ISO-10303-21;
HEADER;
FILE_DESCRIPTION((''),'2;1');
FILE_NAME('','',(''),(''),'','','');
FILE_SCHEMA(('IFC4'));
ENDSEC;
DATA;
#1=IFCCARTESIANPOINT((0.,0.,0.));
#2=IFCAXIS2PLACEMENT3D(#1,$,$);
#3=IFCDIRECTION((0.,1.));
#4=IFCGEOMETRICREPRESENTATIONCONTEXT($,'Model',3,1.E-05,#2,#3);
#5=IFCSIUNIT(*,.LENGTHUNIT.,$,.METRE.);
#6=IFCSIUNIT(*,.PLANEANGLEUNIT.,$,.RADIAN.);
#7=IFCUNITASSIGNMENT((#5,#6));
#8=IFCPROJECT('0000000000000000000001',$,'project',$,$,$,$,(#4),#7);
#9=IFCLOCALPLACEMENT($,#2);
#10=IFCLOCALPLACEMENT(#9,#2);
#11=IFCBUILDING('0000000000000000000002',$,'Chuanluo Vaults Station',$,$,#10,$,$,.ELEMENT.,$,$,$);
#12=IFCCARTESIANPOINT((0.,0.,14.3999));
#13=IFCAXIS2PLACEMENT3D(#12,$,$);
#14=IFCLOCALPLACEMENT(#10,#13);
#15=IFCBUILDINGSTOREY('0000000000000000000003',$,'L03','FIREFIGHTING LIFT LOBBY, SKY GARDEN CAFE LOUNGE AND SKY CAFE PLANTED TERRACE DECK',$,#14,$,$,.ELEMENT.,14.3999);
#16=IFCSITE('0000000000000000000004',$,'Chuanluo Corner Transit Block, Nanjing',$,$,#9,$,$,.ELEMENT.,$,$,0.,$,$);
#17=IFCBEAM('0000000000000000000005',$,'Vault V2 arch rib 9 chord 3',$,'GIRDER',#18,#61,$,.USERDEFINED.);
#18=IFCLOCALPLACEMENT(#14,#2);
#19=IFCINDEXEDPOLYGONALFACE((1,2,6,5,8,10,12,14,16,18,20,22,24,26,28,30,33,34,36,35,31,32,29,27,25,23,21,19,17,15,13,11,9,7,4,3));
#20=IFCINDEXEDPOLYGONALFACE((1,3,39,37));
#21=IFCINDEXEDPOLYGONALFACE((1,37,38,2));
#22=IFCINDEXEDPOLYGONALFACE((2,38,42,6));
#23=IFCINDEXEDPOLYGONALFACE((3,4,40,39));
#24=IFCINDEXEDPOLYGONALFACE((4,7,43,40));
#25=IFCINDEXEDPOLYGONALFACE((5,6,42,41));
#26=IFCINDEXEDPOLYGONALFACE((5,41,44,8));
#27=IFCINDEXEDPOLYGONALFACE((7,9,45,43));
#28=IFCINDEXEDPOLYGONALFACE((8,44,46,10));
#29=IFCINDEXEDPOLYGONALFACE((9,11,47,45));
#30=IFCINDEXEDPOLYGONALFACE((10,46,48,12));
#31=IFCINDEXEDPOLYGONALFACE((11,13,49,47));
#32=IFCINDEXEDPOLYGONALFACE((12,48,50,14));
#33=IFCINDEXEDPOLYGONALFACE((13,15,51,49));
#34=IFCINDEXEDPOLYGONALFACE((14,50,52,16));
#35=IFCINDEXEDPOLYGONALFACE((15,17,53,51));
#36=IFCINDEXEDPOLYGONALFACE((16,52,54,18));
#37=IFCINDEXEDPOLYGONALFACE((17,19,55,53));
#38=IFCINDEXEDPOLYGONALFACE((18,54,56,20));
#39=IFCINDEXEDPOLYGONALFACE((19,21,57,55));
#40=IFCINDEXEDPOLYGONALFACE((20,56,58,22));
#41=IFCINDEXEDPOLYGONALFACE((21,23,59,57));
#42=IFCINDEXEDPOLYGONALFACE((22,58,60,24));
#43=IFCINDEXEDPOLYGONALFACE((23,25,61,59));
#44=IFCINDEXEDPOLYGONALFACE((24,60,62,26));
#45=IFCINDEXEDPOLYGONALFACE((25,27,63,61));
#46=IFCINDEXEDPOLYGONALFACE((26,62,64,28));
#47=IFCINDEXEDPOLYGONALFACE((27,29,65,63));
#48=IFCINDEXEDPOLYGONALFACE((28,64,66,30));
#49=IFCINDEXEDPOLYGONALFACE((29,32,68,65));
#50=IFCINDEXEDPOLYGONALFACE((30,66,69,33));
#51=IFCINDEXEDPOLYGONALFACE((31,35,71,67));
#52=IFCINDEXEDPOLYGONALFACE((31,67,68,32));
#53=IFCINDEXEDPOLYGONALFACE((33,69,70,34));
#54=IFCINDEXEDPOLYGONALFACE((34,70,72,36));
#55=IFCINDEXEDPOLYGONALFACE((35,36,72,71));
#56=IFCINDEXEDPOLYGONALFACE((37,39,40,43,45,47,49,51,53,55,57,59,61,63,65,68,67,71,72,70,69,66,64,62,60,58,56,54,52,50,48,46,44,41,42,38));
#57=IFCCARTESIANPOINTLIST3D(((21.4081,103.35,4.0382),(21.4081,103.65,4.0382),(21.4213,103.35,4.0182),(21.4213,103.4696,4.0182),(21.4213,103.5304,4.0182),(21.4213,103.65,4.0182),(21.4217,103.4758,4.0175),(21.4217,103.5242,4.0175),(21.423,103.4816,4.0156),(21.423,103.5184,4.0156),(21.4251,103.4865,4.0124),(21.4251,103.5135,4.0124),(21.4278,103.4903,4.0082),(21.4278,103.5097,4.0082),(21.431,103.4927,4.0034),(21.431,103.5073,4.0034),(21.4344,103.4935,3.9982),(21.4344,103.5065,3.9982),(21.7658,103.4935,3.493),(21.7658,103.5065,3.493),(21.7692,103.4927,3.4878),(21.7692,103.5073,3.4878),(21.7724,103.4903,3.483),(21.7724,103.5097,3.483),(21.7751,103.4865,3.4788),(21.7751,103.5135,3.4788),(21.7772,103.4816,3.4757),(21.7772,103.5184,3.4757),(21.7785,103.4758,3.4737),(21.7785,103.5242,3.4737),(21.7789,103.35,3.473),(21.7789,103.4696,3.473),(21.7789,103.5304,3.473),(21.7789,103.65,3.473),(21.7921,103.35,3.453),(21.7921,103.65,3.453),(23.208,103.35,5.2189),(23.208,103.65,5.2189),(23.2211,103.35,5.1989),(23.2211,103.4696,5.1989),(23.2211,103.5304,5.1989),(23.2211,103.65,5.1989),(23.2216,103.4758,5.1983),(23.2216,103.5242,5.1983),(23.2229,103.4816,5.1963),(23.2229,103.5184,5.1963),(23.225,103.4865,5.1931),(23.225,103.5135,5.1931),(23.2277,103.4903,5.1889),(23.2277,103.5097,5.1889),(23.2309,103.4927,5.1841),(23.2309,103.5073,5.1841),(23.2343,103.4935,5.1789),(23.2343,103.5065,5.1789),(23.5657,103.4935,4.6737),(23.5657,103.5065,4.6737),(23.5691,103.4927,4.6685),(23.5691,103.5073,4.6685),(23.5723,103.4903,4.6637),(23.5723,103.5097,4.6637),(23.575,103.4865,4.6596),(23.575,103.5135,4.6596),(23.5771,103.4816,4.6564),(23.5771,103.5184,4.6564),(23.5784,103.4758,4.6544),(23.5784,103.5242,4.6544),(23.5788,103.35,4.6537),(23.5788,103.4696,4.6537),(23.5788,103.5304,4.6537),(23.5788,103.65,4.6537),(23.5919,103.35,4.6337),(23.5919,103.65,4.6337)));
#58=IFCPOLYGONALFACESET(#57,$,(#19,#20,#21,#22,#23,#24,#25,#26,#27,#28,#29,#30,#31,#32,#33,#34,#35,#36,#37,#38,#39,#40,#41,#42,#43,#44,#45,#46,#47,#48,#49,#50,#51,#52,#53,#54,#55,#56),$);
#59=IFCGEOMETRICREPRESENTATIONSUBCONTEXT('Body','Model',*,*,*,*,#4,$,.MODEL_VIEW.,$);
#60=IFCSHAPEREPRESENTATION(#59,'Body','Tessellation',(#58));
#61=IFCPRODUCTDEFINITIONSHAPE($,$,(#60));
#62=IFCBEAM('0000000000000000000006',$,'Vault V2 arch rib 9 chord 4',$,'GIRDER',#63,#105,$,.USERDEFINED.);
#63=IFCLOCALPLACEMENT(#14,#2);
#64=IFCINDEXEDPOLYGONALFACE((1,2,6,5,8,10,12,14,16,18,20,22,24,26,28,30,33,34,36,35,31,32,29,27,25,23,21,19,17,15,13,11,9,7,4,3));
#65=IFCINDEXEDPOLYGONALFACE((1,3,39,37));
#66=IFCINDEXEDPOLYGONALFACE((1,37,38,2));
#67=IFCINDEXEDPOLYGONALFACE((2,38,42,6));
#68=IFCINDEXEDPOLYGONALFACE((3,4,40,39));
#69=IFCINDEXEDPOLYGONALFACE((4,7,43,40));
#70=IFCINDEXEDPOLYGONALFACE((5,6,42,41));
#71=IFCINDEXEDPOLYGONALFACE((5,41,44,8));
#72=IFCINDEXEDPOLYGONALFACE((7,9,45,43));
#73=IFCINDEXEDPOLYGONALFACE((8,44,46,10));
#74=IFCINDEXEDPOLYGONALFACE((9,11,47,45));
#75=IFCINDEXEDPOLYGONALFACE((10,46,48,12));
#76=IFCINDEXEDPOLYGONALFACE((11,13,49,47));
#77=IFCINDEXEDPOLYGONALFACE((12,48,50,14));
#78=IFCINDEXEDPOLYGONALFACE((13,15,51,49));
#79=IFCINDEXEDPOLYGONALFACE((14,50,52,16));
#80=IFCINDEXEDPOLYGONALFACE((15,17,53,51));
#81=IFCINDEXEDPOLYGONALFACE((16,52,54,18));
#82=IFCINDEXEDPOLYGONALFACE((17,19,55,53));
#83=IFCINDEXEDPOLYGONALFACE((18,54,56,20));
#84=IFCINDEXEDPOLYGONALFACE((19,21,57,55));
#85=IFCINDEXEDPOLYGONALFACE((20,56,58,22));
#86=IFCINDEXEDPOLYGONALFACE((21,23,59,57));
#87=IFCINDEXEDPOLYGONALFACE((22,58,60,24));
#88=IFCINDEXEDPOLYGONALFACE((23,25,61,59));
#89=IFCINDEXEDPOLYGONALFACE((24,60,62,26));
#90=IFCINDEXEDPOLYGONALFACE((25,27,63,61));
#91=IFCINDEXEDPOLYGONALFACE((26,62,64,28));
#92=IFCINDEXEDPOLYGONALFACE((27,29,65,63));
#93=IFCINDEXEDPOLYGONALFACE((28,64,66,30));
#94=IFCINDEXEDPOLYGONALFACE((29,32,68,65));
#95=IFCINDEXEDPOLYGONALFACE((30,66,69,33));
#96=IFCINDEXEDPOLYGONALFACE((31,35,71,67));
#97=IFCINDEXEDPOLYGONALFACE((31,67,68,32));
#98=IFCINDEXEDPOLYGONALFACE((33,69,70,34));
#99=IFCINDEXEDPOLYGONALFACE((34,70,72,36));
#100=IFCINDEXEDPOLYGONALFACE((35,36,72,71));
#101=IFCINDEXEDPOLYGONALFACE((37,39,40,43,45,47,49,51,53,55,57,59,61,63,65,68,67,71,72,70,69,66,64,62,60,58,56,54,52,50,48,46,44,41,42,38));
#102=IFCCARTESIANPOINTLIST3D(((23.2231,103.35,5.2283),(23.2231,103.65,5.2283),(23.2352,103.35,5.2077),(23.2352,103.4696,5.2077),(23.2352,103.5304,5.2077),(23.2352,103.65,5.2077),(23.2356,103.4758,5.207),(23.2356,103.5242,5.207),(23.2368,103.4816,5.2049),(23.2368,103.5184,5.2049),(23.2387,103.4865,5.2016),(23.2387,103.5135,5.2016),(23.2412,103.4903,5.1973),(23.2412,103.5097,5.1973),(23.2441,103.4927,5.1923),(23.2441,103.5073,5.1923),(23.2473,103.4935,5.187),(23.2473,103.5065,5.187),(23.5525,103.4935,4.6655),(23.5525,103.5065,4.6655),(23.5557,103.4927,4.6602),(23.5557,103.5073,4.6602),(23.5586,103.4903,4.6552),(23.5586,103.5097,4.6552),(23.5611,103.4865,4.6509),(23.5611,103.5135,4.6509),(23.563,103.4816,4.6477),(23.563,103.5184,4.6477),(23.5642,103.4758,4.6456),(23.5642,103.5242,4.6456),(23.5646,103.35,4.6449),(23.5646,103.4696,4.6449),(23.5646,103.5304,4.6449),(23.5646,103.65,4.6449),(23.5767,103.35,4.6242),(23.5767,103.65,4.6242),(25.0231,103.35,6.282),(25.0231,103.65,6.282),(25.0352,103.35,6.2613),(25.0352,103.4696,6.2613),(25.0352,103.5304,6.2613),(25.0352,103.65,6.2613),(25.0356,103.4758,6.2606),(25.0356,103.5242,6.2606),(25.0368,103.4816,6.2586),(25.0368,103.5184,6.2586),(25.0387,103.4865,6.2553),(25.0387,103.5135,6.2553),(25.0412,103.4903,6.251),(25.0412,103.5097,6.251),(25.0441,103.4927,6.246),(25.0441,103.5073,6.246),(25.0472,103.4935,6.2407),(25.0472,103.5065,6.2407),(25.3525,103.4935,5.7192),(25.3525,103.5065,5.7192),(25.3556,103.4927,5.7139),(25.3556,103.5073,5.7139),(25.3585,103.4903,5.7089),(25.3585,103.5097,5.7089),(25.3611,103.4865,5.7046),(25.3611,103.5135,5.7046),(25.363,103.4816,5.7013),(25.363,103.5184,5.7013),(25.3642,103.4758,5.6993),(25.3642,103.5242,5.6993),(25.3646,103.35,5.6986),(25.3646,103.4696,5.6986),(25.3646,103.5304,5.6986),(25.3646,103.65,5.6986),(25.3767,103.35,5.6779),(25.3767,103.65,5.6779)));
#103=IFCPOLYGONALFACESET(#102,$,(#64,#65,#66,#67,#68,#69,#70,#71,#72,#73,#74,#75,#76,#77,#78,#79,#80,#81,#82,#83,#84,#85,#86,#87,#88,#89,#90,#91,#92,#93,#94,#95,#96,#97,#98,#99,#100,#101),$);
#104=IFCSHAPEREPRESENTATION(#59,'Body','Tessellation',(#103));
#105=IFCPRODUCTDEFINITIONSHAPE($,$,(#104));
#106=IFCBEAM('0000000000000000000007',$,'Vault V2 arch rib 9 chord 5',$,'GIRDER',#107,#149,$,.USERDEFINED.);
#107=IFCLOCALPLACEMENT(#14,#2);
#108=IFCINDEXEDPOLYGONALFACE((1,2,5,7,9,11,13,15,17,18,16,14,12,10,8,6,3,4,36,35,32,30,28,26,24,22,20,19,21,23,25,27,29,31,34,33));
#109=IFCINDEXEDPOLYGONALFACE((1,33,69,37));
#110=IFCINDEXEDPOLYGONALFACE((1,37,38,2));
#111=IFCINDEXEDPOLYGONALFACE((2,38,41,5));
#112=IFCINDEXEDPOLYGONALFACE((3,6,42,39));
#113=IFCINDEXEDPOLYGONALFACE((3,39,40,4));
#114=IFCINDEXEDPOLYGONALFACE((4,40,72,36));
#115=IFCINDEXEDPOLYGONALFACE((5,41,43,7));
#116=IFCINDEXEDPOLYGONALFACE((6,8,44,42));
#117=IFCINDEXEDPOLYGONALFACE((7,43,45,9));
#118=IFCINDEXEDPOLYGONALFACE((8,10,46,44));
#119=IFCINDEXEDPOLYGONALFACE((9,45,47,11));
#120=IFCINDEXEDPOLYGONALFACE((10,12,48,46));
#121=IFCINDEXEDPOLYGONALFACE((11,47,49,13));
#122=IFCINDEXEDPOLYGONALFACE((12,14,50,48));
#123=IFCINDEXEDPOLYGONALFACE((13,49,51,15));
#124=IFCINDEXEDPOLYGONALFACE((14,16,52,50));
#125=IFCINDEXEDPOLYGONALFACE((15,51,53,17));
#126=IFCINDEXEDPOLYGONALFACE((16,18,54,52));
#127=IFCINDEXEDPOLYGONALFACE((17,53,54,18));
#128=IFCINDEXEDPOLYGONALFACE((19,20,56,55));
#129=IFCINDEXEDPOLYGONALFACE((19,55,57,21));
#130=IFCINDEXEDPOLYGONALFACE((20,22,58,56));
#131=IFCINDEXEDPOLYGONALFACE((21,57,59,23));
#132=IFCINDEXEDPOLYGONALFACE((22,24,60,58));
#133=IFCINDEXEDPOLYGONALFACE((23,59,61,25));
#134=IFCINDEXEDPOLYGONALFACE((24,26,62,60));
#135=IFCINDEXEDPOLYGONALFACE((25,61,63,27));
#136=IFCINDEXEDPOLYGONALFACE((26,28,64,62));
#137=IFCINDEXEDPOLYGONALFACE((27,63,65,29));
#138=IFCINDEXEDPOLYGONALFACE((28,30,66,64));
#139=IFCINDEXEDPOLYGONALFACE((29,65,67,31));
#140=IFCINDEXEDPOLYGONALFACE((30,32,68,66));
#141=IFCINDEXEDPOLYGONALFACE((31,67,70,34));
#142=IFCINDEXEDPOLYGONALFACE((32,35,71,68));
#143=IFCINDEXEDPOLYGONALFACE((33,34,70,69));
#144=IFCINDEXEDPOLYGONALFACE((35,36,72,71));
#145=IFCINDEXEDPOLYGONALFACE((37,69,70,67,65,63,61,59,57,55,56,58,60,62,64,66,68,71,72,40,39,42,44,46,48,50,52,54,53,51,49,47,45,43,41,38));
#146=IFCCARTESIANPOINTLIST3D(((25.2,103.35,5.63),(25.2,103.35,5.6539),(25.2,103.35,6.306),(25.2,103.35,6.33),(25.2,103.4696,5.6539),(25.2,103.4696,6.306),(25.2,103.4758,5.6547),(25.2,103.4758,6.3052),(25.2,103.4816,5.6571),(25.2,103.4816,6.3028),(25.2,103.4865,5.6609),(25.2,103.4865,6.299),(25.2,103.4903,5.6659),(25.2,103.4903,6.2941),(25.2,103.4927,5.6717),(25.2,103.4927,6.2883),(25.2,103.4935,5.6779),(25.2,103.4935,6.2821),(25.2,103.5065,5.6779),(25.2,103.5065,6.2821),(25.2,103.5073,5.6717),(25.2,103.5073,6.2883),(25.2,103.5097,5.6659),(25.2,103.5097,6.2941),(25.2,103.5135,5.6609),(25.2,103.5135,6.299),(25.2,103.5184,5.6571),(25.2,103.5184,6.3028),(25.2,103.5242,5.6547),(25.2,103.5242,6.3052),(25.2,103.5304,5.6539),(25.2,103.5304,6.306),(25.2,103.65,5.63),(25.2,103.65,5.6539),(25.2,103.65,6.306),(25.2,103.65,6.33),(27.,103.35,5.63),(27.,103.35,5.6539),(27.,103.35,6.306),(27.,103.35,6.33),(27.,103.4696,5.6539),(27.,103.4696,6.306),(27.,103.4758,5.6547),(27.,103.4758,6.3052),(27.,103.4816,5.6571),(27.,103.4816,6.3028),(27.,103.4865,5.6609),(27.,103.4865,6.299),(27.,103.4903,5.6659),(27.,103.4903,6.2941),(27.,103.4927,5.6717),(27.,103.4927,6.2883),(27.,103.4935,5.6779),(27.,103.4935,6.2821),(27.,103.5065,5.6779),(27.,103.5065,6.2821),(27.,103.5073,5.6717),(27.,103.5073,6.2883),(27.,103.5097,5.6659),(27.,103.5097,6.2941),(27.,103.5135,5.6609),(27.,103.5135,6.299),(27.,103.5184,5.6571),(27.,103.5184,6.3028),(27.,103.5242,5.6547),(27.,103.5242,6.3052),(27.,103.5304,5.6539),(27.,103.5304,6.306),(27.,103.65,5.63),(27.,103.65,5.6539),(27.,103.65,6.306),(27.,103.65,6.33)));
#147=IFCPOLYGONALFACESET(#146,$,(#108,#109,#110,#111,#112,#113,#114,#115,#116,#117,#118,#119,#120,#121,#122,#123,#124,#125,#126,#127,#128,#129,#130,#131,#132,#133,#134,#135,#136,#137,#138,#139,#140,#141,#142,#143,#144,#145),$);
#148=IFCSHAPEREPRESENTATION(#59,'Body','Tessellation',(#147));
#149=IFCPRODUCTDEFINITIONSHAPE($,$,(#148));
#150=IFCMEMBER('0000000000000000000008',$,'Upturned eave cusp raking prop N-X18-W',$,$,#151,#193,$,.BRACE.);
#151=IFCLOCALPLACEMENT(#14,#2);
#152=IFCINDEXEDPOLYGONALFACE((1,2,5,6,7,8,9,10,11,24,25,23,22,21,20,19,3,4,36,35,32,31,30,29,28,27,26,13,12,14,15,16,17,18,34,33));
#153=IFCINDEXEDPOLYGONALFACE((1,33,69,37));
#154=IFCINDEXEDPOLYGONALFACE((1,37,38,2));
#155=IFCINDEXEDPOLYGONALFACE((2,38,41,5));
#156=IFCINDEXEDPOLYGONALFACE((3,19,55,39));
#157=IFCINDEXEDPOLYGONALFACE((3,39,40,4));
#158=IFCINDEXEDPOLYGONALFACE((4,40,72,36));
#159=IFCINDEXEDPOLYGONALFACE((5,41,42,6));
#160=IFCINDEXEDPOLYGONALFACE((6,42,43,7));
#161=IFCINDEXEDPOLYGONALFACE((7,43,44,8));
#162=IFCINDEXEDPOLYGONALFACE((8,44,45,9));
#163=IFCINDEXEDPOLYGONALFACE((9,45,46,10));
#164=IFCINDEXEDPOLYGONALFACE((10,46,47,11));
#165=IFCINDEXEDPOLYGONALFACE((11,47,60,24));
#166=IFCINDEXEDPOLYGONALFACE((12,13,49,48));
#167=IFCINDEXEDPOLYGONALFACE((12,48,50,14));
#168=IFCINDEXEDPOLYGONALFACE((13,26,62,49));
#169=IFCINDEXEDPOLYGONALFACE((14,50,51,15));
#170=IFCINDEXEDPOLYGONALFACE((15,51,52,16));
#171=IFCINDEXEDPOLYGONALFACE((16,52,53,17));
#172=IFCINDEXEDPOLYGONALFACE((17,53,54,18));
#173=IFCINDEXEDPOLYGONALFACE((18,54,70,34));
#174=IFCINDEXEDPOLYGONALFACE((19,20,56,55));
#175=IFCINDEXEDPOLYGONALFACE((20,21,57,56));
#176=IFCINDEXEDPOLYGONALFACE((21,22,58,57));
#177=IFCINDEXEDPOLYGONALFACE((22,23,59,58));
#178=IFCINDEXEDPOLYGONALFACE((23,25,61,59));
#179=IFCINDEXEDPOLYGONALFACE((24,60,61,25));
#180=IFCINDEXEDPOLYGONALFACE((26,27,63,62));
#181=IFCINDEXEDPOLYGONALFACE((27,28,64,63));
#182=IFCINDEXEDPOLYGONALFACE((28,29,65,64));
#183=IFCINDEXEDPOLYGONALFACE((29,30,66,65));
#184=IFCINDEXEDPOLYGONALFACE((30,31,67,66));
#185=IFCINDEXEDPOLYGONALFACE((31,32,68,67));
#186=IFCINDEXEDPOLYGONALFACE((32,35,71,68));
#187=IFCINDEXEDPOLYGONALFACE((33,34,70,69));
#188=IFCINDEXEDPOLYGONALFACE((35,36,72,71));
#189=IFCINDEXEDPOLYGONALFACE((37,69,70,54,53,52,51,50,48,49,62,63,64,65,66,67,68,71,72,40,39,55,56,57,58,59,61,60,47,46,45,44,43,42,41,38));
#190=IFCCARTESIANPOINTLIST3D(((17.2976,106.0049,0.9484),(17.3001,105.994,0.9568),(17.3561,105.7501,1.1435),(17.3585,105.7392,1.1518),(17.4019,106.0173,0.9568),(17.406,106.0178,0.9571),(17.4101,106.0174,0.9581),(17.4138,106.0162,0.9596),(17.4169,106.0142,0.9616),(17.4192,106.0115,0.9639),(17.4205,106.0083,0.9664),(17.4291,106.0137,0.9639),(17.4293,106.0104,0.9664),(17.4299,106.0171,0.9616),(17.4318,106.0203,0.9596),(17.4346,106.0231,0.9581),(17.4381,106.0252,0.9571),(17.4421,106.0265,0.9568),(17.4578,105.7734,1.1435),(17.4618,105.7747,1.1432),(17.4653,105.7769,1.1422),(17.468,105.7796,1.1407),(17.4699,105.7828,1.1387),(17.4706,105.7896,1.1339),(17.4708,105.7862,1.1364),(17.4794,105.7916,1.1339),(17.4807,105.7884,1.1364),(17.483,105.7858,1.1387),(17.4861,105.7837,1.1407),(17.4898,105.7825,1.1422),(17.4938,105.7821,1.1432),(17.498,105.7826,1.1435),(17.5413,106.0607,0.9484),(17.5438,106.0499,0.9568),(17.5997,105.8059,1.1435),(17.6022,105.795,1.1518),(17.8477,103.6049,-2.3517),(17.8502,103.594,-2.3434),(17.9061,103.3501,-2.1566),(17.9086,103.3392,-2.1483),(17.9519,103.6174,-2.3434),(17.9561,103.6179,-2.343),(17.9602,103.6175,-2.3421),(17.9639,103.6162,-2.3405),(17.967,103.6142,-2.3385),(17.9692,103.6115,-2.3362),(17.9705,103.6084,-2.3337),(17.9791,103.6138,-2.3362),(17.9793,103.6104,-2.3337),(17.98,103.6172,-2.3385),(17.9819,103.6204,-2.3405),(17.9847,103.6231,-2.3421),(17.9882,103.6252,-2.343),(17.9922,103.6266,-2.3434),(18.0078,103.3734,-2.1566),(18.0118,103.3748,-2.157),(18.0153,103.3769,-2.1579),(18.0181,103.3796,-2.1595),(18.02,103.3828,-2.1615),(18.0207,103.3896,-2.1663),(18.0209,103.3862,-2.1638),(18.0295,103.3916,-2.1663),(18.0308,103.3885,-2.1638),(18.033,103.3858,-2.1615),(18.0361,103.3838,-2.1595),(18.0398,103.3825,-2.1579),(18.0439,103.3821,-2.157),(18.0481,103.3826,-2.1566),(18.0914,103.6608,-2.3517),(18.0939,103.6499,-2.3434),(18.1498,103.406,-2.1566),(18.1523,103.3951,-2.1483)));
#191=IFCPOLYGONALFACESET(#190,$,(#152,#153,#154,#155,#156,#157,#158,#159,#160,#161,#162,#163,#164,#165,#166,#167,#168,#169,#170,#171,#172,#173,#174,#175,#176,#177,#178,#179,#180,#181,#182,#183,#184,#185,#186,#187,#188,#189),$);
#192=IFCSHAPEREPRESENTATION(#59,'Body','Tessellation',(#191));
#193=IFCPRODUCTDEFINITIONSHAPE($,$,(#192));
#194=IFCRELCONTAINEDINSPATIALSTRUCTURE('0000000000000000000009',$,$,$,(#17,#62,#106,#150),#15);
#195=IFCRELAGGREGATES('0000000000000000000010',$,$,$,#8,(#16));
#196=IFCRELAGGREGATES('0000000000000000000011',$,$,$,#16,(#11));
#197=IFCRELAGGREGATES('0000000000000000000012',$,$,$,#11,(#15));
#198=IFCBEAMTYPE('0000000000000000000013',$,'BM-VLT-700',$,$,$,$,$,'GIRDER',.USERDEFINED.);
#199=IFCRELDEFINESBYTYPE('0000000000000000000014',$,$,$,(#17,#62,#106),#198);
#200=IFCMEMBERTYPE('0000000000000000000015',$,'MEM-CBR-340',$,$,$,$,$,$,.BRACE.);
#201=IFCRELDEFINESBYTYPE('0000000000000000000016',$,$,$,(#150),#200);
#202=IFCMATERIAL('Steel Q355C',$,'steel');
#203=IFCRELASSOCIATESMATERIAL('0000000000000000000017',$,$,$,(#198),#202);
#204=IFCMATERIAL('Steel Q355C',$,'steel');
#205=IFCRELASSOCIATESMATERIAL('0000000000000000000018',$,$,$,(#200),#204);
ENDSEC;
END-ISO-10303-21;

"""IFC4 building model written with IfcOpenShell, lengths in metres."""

from ifc_helpers import new_model, si_unit, direction, frame, origin, origin_2d, place, context, subcontext, project, spatial, i_section, extrude, material, material_profile, profile_set, type_object, element, save


model = new_model("IFC4")

# Units and contexts
model_context = context("Model", 3, precision=1e-05, world=origin(), true_north=direction((0.0, 1.0)))
body_context = subcontext(model_context, "Body", "Model", "MODEL_VIEW")
ifc_project = project(units=[si_unit("LENGTHUNIT", "METRE"), si_unit("PLANEANGLEUNIT", "RADIAN")], contexts=[model_context])

# Site, building, storey
site_placement = place(None, origin())
site = spatial("IfcSite", under=ifc_project, at=site_placement, Name="Chuanluo Corner Transit Block, Nanjing", CompositionType="ELEMENT", RefElevation=0.0)
building_placement = place(site_placement, origin())
building = spatial("IfcBuilding", under=site, at=building_placement, Name="Chuanluo Vaults Station", CompositionType="ELEMENT")
storey_placement = place(building_placement, frame((0.0, 0.0, 14.3999)))
storey = spatial("IfcBuildingStorey", under=building, at=storey_placement, Name="L03", Description="FIREFIGHTING LIFT LOBBY, SKY GARDEN CAFE LOUNGE AND SKY CAFE PLANTED TERRACE DECK", CompositionType="ELEMENT", Elevation=14.3999)

# Beams
ifc_material_1 = material(Name="Steel Q355C", Category="steel")
ifc_material_profile_1 = material_profile(ifc_material_1, i_section(OverallWidth=0.3, OverallDepth=0.7, WebThickness=0.0129, FlangeThickness=0.0239, FilletRadius=0.0239, at=origin_2d()))
ifc_profile_set_1 = profile_set([ifc_material_profile_1], Name="Steel Q355C")
beam_type_1 = type_object("IfcBeamType", Name="BM-VLT-700", ElementType="GIRDER", PredefinedType="USERDEFINED", material=ifc_profile_set_1)
beam_1_placement = place(storey_placement, frame((21.6001, 103.5, 3.7456), z_axis=(0.836145, 0.0, 0.548508), x_axis=(0.0, 1.0, 0.0)))
element("IfcBeam", 1, at=beam_1_placement, inside=storey, type_object=beam_type_1, Name="Vault V2 arch rib 9 chord 3", ObjectType="GIRDER", PredefinedType="USERDEFINED", context=body_context, shape_type="SweptSolid", body=[
    extrude(i_section(OverallWidth=0.3, OverallDepth=0.7, WebThickness=0.0129, FlangeThickness=0.0239, FilletRadius=0.0239, at=origin_2d()), origin(), (0.0, 0.0, 1.0), 2.1526),
])
beam_2_placement = place(storey_placement, frame((23.3999, 103.5, 4.9263), z_axis=(0.863009, 0.0, 0.505188), x_axis=(0.0, 1.0, 0.0)))
element("IfcBeam", 2, at=beam_2_placement, inside=storey, type_object=beam_type_1, Name="Vault V2 arch rib 9 chord 4", ObjectType="GIRDER", PredefinedType="USERDEFINED", context=body_context, shape_type="SweptSolid", body=[
    extrude(i_section(OverallWidth=0.3, OverallDepth=0.7, WebThickness=0.0129, FlangeThickness=0.0239, FilletRadius=0.0239, at=origin_2d()), origin(), (0.0, 0.0, 1.0), 2.0857),
])
beam_3_placement = place(storey_placement, frame((25.2, 103.5, 5.98), z_axis=(1.0, 0.0, 0.0), x_axis=(0.0, 1.0, 0.0)))
element("IfcBeam", 3, at=beam_3_placement, inside=storey, type_object=beam_type_1, Name="Vault V2 arch rib 9 chord 5", ObjectType="GIRDER", PredefinedType="USERDEFINED", context=body_context, shape_type="SweptSolid", body=[
    extrude(i_section(OverallWidth=0.3, OverallDepth=0.7, WebThickness=0.0129, FlangeThickness=0.0239, FilletRadius=0.0239, at=origin_2d()), origin(), (0.0, 0.0, 1.0), 1.8),
])

# Member
ifc_material_2 = material(Name="Steel Q355C", Category="steel")
ifc_material_profile_2 = material_profile(ifc_material_2, i_section(OverallWidth=0.25, OverallDepth=0.3401, WebThickness=0.009, FlangeThickness=0.0139, FilletRadius=0.0161, at=origin_2d()))
ifc_profile_set_2 = profile_set([ifc_material_profile_2], Name="Steel Q355C")
member_type_1 = type_object("IfcMemberType", Name="MEM-CBR-340", PredefinedType="BRACE", material=ifc_profile_set_2)
for number, where, z_axis, x_axis, name in (
    (4, (18.0, 103.5, -2.25), (-0.133594, 0.582878, 0.801502), (-0.974726, -0.223404, 0.0), "Upturned eave cusp raking prop N-X18-W"),
):
    element("IfcMember", number, at=place(storey_placement, frame(where, z_axis=z_axis, x_axis=x_axis)), inside=storey, type_object=member_type_1, Name=name, PredefinedType="BRACE", context=body_context, shape_type="SweptSolid", body=[
        extrude(i_section(OverallWidth=0.25, OverallDepth=0.3401, WebThickness=0.009, FlangeThickness=0.0139, FilletRadius=0.0161, at=origin_2d()), origin(), (0.0, 0.0, 1.0), 4.1174),
    ])

save(model, "model.ifc")
